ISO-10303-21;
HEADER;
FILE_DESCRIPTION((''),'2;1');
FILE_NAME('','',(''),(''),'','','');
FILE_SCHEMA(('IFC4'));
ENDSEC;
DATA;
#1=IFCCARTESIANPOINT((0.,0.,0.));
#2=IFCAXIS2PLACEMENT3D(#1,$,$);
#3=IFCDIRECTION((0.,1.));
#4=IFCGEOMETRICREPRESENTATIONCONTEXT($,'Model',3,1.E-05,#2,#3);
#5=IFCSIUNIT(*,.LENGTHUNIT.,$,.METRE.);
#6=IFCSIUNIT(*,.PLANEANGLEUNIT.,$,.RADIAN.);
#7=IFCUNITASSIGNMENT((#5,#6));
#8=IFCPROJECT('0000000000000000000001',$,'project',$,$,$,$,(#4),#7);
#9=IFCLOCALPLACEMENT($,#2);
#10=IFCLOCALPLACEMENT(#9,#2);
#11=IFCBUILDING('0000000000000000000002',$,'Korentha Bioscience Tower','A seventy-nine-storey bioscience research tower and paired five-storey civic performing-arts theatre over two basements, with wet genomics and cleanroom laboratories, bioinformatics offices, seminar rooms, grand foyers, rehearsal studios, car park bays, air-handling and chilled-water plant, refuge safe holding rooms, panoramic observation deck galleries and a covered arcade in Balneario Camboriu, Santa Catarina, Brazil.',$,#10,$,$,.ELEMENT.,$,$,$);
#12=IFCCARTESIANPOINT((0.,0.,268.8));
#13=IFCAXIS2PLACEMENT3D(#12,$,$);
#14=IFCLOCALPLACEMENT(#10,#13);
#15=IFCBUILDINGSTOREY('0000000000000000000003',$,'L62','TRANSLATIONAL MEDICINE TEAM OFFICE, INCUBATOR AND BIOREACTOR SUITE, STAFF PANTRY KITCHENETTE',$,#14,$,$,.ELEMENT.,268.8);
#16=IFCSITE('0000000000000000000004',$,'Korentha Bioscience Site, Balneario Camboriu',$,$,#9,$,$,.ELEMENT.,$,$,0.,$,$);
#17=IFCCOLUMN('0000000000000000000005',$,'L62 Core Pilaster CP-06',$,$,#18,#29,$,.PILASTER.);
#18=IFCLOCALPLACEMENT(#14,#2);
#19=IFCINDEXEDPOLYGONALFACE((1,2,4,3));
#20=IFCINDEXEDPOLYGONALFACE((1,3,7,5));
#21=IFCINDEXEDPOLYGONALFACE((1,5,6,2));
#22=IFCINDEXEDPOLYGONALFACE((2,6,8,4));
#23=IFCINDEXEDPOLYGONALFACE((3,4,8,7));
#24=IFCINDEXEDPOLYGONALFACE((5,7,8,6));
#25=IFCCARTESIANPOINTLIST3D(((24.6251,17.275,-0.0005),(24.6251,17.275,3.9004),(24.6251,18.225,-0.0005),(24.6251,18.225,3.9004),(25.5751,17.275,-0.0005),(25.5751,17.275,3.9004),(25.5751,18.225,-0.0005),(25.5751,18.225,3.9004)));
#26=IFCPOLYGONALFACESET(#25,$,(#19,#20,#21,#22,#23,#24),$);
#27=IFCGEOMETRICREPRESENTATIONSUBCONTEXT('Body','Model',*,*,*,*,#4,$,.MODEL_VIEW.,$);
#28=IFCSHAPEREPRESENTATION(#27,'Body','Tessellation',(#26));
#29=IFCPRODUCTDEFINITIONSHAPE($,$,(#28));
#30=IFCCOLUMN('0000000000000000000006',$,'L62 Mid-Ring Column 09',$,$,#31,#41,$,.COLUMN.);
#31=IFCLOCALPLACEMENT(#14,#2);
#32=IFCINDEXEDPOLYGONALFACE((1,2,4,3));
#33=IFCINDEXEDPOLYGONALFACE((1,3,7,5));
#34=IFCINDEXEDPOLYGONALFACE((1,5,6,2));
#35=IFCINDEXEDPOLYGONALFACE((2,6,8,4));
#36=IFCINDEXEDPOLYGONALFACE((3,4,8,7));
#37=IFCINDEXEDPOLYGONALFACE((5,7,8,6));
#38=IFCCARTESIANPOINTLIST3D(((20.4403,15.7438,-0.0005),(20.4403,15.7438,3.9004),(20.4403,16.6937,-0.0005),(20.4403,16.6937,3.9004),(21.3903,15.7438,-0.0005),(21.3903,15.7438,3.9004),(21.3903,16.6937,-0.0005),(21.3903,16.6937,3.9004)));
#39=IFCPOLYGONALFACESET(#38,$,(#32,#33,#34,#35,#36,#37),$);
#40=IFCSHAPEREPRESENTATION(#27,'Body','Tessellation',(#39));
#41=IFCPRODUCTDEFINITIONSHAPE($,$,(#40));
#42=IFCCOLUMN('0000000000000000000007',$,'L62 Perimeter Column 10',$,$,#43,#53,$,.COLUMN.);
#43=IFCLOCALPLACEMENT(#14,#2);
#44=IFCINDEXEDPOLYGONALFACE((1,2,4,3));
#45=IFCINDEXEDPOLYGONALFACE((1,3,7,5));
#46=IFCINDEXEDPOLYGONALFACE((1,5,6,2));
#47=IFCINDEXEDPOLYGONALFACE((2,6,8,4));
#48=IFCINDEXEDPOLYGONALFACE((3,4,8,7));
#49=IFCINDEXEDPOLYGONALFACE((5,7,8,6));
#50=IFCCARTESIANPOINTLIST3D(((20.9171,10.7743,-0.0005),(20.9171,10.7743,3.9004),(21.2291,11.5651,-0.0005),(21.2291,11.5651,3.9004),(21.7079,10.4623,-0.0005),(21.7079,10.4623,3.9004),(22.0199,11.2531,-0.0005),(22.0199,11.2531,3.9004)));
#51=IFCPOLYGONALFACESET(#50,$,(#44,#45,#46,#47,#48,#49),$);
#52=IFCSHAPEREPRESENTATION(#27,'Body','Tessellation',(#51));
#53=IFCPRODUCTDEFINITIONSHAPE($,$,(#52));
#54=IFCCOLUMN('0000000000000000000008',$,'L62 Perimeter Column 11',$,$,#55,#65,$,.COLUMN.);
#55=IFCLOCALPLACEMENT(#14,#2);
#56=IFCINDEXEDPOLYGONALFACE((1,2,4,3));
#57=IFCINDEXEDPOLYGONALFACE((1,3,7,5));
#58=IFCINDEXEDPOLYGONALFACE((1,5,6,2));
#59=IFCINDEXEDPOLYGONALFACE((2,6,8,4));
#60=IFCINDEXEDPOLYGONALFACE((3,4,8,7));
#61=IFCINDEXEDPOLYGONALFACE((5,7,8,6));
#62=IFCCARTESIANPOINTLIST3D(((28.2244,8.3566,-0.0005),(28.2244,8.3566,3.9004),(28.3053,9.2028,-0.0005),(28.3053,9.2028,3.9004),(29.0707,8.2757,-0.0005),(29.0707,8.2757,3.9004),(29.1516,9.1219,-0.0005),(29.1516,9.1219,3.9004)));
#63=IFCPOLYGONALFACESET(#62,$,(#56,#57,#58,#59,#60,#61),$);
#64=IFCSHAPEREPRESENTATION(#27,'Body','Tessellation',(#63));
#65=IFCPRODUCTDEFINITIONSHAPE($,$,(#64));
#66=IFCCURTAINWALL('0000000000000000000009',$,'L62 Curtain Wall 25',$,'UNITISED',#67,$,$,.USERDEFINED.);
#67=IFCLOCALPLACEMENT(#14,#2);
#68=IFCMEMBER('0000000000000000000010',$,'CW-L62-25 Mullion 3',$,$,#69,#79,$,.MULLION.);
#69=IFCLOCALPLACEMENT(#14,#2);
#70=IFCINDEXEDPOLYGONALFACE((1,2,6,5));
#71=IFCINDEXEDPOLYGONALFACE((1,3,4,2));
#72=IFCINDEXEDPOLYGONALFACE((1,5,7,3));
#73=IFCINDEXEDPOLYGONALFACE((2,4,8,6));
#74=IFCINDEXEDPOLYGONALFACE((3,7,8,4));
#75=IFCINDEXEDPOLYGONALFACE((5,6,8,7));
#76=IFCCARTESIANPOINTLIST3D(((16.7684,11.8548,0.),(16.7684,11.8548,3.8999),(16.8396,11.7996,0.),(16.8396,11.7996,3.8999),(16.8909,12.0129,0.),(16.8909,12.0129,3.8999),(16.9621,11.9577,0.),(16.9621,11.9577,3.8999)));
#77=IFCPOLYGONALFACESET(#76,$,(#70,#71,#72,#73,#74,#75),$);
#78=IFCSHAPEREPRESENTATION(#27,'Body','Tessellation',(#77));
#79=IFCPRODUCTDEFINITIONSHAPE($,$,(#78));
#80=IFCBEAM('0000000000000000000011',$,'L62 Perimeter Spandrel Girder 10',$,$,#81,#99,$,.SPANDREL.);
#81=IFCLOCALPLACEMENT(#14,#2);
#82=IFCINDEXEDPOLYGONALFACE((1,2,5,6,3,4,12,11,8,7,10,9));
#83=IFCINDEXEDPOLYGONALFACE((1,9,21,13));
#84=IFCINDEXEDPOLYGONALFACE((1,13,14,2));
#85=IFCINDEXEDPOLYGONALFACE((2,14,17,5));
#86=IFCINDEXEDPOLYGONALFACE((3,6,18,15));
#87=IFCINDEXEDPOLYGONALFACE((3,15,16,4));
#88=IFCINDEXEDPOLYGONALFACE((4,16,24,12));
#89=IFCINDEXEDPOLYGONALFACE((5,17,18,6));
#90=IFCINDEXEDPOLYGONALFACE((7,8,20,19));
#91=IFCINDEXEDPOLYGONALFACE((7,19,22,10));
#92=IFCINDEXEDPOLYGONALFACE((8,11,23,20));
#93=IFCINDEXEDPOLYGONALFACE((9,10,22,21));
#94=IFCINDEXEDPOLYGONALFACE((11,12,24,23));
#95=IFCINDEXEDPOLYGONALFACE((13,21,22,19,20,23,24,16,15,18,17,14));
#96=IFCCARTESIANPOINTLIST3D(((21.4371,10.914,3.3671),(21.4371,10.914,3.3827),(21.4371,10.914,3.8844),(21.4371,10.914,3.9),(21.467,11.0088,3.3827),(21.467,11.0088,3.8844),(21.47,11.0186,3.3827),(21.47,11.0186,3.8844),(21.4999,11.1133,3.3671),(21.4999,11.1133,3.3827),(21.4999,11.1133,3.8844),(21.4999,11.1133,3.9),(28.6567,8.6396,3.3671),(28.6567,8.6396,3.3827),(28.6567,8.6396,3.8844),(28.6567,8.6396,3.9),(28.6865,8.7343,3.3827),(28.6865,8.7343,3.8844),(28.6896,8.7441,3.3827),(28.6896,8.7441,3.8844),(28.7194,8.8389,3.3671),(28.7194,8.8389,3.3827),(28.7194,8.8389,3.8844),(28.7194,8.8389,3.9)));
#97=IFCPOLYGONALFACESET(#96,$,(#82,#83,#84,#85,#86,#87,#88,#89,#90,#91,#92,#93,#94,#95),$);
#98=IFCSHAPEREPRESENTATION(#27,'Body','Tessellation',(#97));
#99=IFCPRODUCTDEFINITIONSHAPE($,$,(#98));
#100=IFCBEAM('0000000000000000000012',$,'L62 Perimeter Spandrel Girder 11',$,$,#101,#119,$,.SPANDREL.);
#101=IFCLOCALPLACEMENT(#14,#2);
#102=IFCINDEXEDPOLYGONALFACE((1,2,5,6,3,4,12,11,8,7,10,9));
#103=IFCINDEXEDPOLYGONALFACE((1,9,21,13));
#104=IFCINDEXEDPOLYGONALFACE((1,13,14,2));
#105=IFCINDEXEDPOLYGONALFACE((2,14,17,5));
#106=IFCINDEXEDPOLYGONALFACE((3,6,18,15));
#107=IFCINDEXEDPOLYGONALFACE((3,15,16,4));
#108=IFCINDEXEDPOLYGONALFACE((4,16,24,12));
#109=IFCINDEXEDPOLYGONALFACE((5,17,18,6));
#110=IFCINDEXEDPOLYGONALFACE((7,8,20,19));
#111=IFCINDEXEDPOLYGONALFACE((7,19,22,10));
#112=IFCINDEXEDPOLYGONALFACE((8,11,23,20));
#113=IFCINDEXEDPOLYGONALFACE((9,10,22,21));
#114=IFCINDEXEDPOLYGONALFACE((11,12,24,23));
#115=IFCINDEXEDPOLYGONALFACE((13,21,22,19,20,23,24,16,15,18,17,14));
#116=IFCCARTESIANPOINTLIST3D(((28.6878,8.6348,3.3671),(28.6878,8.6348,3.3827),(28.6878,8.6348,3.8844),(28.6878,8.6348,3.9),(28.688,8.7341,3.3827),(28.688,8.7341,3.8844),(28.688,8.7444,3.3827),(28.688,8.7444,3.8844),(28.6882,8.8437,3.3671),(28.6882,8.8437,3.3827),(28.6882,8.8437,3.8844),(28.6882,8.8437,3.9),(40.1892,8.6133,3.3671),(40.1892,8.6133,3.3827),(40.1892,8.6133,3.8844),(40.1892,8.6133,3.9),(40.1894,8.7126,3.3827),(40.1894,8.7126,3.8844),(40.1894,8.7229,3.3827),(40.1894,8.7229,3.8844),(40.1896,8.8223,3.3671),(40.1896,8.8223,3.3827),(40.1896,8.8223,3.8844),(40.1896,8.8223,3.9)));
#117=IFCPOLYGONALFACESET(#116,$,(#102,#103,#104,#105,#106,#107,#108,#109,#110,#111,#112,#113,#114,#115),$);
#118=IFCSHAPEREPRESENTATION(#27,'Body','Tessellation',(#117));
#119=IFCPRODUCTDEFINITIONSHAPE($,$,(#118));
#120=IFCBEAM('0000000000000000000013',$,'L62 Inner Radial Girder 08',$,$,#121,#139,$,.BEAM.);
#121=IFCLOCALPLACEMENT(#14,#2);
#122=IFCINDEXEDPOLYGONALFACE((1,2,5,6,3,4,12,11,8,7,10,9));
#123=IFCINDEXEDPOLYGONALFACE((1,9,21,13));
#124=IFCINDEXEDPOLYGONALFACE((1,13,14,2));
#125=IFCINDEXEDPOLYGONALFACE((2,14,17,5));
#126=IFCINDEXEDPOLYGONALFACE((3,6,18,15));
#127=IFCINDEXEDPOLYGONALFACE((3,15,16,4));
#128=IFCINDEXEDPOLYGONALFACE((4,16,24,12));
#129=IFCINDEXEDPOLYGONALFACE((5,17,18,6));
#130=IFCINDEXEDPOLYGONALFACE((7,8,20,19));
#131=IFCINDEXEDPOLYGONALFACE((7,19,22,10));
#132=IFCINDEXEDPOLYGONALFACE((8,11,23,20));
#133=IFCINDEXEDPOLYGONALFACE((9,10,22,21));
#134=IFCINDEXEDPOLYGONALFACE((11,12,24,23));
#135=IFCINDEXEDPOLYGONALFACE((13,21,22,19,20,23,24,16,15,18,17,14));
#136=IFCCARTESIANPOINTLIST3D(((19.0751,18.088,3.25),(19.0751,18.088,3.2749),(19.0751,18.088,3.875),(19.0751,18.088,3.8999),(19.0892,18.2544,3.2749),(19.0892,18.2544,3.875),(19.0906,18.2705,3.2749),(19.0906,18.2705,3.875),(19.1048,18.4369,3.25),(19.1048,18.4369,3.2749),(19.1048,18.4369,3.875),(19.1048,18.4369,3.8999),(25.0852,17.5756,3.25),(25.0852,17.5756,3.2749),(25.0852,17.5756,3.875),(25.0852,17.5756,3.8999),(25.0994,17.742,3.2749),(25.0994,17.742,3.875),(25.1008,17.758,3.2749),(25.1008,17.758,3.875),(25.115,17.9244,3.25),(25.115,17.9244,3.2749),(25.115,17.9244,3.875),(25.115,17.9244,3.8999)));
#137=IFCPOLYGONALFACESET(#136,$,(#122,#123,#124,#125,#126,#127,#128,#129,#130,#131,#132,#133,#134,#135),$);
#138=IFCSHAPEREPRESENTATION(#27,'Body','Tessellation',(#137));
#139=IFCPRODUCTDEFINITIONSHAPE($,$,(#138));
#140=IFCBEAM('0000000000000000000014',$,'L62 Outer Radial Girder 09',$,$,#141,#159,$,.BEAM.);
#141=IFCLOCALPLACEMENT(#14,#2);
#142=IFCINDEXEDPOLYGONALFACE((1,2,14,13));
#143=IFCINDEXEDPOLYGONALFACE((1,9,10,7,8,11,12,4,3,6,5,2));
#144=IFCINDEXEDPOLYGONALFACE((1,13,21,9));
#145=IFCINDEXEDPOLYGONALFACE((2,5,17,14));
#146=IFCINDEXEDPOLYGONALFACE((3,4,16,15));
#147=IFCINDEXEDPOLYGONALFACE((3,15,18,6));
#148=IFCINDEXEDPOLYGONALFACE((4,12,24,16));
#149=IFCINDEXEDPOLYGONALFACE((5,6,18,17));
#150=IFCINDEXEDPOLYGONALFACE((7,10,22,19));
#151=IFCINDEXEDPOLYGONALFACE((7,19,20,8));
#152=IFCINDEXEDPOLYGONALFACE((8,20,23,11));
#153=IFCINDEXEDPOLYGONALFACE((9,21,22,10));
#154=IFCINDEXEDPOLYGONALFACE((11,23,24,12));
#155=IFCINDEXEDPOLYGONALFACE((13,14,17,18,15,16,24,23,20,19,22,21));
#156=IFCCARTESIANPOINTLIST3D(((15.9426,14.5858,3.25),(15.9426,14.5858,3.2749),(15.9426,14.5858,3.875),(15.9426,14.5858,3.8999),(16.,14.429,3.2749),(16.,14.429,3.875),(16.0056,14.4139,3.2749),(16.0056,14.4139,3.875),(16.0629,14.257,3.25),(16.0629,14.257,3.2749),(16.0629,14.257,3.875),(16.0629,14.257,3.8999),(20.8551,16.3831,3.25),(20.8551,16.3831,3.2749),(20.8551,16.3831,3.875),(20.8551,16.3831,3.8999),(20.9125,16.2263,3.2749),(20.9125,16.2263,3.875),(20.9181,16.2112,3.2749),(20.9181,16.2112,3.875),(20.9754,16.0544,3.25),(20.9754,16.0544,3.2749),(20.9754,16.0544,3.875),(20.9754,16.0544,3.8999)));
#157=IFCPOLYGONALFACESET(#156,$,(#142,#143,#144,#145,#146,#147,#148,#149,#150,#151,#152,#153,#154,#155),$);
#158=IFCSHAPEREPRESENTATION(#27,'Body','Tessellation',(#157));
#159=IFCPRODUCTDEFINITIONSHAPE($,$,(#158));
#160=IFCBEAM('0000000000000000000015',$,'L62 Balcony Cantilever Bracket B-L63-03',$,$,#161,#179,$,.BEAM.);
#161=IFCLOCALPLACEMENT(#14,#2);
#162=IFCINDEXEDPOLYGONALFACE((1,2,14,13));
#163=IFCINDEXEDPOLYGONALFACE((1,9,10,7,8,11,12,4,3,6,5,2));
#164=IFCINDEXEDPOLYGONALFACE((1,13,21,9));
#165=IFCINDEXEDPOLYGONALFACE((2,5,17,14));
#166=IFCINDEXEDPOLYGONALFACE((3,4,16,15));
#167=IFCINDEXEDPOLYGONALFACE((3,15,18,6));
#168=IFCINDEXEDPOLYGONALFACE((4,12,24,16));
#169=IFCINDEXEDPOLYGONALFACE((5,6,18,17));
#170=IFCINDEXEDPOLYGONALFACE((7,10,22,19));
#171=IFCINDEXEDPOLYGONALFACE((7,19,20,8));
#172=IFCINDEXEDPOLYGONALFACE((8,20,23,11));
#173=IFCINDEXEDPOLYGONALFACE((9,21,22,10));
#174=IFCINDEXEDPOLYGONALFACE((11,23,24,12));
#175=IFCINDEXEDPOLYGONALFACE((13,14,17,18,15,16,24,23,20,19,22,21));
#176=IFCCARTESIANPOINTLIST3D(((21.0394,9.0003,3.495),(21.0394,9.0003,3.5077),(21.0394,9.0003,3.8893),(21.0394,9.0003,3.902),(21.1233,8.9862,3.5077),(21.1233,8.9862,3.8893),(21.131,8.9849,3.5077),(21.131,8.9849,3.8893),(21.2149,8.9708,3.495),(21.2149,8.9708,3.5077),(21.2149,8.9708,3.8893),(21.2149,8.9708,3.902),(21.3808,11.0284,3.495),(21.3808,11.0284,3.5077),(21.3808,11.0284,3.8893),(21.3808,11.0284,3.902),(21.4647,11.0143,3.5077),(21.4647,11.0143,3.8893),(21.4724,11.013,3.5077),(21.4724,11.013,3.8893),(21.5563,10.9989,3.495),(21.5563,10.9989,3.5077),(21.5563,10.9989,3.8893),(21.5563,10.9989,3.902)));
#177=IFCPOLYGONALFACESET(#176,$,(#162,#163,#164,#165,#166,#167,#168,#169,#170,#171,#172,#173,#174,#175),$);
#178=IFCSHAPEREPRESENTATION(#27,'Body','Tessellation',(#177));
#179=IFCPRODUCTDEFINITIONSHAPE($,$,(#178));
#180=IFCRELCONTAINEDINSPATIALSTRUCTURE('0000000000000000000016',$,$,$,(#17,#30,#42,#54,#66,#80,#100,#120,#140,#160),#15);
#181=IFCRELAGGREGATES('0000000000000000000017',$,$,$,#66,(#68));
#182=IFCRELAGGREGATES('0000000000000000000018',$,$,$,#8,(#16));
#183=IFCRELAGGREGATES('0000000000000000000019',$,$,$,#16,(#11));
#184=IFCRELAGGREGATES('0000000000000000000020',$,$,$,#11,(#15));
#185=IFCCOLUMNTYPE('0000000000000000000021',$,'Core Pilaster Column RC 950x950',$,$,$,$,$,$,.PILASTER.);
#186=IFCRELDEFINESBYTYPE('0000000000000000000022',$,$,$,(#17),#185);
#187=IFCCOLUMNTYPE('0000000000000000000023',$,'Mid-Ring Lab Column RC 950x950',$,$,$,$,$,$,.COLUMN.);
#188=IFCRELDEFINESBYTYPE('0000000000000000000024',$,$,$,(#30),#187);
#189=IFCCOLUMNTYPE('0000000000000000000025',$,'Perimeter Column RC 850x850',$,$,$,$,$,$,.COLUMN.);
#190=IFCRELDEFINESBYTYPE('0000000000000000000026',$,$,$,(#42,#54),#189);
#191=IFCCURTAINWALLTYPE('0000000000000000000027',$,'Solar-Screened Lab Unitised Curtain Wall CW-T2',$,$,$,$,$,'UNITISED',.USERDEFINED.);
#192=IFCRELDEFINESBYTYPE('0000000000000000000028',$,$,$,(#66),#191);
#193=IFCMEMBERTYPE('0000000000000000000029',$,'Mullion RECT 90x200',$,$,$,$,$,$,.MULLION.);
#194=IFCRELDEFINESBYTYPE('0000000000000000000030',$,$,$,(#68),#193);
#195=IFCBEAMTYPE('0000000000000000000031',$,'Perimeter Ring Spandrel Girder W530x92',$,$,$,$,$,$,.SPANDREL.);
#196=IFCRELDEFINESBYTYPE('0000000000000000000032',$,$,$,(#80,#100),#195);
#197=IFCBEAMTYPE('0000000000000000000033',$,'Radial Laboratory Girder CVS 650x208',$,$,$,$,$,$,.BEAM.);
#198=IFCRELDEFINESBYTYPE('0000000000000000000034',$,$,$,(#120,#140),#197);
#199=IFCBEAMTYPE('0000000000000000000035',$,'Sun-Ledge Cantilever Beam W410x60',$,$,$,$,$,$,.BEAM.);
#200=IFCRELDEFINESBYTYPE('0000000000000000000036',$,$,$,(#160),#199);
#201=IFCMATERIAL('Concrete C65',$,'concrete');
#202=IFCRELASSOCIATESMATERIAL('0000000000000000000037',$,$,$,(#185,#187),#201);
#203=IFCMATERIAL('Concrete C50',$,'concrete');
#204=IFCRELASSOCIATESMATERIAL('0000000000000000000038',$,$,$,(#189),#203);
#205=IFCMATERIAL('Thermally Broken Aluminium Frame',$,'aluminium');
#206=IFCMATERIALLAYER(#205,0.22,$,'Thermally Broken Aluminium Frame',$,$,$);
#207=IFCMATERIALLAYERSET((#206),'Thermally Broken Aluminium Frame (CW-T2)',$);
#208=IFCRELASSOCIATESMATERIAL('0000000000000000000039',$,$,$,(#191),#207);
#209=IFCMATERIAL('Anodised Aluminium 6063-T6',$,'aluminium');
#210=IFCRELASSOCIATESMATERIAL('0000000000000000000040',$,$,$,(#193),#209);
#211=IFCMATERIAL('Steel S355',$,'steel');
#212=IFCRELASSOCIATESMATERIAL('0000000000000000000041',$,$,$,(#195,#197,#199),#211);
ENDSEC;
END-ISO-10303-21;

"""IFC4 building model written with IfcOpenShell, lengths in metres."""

from ifc_helpers import new_model, si_unit, direction, frame, origin, origin_2d, place, context, subcontext, project, spatial, rectangle, i_section, extrude, material, layer, layer_set, material_profile, profile_set, type_object, element, aggregate, save


model = new_model("IFC4")

# Units and contexts
model_context = context("Model", 3, precision=1e-05, world=origin(), true_north=direction((0.0, 1.0)))
body_context = subcontext(model_context, "Body", "Model", "MODEL_VIEW")
ifc_project = project(units=[si_unit("LENGTHUNIT", "METRE"), si_unit("PLANEANGLEUNIT", "RADIAN")], contexts=[model_context])

# Site, building, storey
site_placement = place(None, origin())
site = spatial("IfcSite", under=ifc_project, at=site_placement, Name="Korentha Bioscience Site, Balneario Camboriu", CompositionType="ELEMENT", RefElevation=0.0)
building_placement = place(site_placement, origin())
building = spatial("IfcBuilding", under=site, at=building_placement, Name="Korentha Bioscience Tower", Description="A seventy-nine-storey bioscience research tower and paired five-storey civic performing-arts theatre over two basements, with wet genomics and cleanroom laboratories, bioinformatics offices, seminar rooms, grand foyers, rehearsal studios, car park bays, air-handling and chilled-water plant, refuge safe holding rooms, panoramic observation deck galleries and a covered arcade in Balneario Camboriu, Santa Catarina, Brazil.", CompositionType="ELEMENT")
storey_placement = place(building_placement, frame((0.0, 0.0, 268.8)))
storey = spatial("IfcBuildingStorey", under=building, at=storey_placement, Name="L62", Description="TRANSLATIONAL MEDICINE TEAM OFFICE, INCUBATOR AND BIOREACTOR SUITE, STAFF PANTRY KITCHENETTE", CompositionType="ELEMENT", Elevation=268.8)

# Columns
ifc_material_1 = material(Name="Concrete C65", Category="concrete")
ifc_material_profile_1 = material_profile(ifc_material_1, rectangle(XDim=0.95, YDim=0.95, at=origin_2d()), Name="Concrete C65")
ifc_profile_set_1 = profile_set([ifc_material_profile_1], Name="Concrete C65 (COL-CP09)")
column_type_1 = type_object("IfcColumnType", Name="Core Pilaster Column RC 950x950", PredefinedType="PILASTER", material=ifc_profile_set_1)
column_1_placement = place(storey_placement, frame((25.1001, 17.75, -0.0005), z_axis=(0.0, 0.0, 1.0), x_axis=(1.0, 0.0, 0.0)))
element("IfcColumn", 1, at=column_1_placement, inside=storey, type_object=column_type_1, Name="L62 Core Pilaster CP-06", PredefinedType="PILASTER", context=body_context, shape_type="SweptSolid", body=[
    extrude(rectangle(XDim=0.95, YDim=0.95, at=origin_2d()), origin(), (0.0, 0.0, 1.0), 3.9009),
])
ifc_material_profile_2 = material_profile(ifc_material_1, rectangle(XDim=0.95, YDim=0.95, at=origin_2d()), Name="Concrete C65")
ifc_profile_set_2 = profile_set([ifc_material_profile_2], Name="Concrete C65 (COL-MR09)")
column_type_2 = type_object("IfcColumnType", Name="Mid-Ring Lab Column RC 950x950", PredefinedType="COLUMN", material=ifc_profile_set_2)
column_2_placement = place(storey_placement, frame((20.9153, 16.2188, -0.0005), z_axis=(0.0, 0.0, 1.0), x_axis=(1.0, 0.0, 0.0)))
element("IfcColumn", 2, at=column_2_placement, inside=storey, type_object=column_type_2, Name="L62 Mid-Ring Column 09", PredefinedType="COLUMN", context=body_context, shape_type="SweptSolid", body=[
    extrude(rectangle(XDim=0.95, YDim=0.95, at=origin_2d()), origin(), (0.0, 0.0, 1.0), 3.9009),
])
ifc_material_2 = material(Name="Concrete C50", Category="concrete")
ifc_material_profile_3 = material_profile(ifc_material_2, rectangle(XDim=0.8501, YDim=0.8501, at=origin_2d()), Name="Concrete C50")
ifc_profile_set_3 = profile_set([ifc_material_profile_3], Name="Concrete C50 (COL-P08)")
column_type_3 = type_object("IfcColumnType", Name="Perimeter Column RC 850x850", PredefinedType="COLUMN", material=ifc_profile_set_3)
for number, where, z_axis, x_axis, name in (
    (3, (21.4685, 11.0137, -0.0005), (0.0, 0.0, 1.0), (-0.930226, 0.366988, 0.0), "L62 Perimeter Column 10"),
    (4, (28.688, 8.7393, -0.0005), (0.0, 0.0, 1.0), (-0.995463, 0.095151, 0.0), "L62 Perimeter Column 11"),
):
    element("IfcColumn", number, at=place(storey_placement, frame(where, z_axis=z_axis, x_axis=x_axis)), inside=storey, type_object=column_type_3, Name=name, PredefinedType="COLUMN", context=body_context, shape_type="SweptSolid", body=[
        extrude(rectangle(XDim=0.8501, YDim=0.8501, at=origin_2d()), origin(), (0.0, 0.0, 1.0), 3.9009),
    ])

# Curtain wall, member
ifc_material_3 = material(Name="Thermally Broken Aluminium Frame", Category="aluminium")
ifc_layer_1 = layer(ifc_material_3, 0.22, Name="Thermally Broken Aluminium Frame")
ifc_layer_set_1 = layer_set([ifc_layer_1], Name="Thermally Broken Aluminium Frame (CW-T2)")
curtain_wall_type = type_object("IfcCurtainWallType", Name="Solar-Screened Lab Unitised Curtain Wall CW-T2", ElementType="UNITISED", PredefinedType="USERDEFINED", material=ifc_layer_set_1)
curtain_wall_placement = place(storey_placement, origin())
curtain_wall = element("IfcCurtainWall", 5, at=curtain_wall_placement, inside=storey, type_object=curtain_wall_type, Name="L62 Curtain Wall 25", ObjectType="UNITISED", PredefinedType="USERDEFINED")
ifc_material_4 = material(Name="Anodised Aluminium 6063-T6", Category="aluminium")
ifc_material_profile_4 = material_profile(ifc_material_4, rectangle(XDim=0.0901, YDim=0.2, at=origin_2d()), Name="Anodised Aluminium 6063-T6")
ifc_profile_set_4 = profile_set([ifc_material_profile_4], Name="Anodised Aluminium 6063-T6 (CW-MUL)")
member_type = type_object("IfcMemberType", Name="Mullion RECT 90x200", PredefinedType="MULLION", material=ifc_profile_set_4)
member_placement = place(storey_placement, frame((16.8652, 11.9062, 0.0), z_axis=(0.0, 0.0, 1.0), x_axis=(0.790488, -0.612478, 0.0)))
member = element("IfcMember", 6, at=member_placement, type_object=member_type, Name="CW-L62-25 Mullion 3", PredefinedType="MULLION", context=body_context, shape_type="SweptSolid", body=[
    extrude(rectangle(XDim=0.0901, YDim=0.2, at=origin_2d()), origin(), (0.0, 0.0, 1.0), 3.8999),
])

# Beams
ifc_material_5 = material(Name="Steel S355", Category="steel")
ifc_material_profile_5 = material_profile(ifc_material_5, i_section(OverallWidth=0.209, OverallDepth=0.533, WebThickness=0.0103, FlangeThickness=0.0156, at=origin_2d()), Name="Steel S355")
ifc_profile_set_5 = profile_set([ifc_material_profile_5], Name="Steel S355 (SB-530)")
beam_type_1 = type_object("IfcBeamType", Name="Perimeter Ring Spandrel Girder W530x92", PredefinedType="SPANDREL", material=ifc_profile_set_5)
beam_1_placement = place(storey_placement, frame((21.4685, 11.0137, 3.6335), z_axis=(0.953788, -0.30048, 0.0), x_axis=(0.30048, 0.953788, 0.0)))
element("IfcBeam", 7, at=beam_1_placement, inside=storey, type_object=beam_type_1, Name="L62 Perimeter Spandrel Girder 10", PredefinedType="SPANDREL", context=body_context, shape_type="SweptSolid", body=[
    extrude(i_section(OverallWidth=0.209, OverallDepth=0.533, WebThickness=0.0103, FlangeThickness=0.0156, at=origin_2d()), origin(), (0.0, 0.0, 1.0), 7.5693),
])
beam_2_placement = place(storey_placement, frame((28.688, 8.7393, 3.6335), z_axis=(0.999998, -0.001868, 0.0), x_axis=(0.001868, 0.999998, 0.0)))
element("IfcBeam", 8, at=beam_2_placement, inside=storey, type_object=beam_type_1, Name="L62 Perimeter Spandrel Girder 11", PredefinedType="SPANDREL", context=body_context, shape_type="SweptSolid", body=[
    extrude(i_section(OverallWidth=0.209, OverallDepth=0.533, WebThickness=0.0103, FlangeThickness=0.0156, at=origin_2d()), origin(), (0.0, 0.0, 1.0), 11.5015),
])
ifc_material_profile_6 = material_profile(ifc_material_5, i_section(OverallWidth=0.3501, OverallDepth=0.6499, WebThickness=0.0161, FlangeThickness=0.0249, at=origin_2d()), Name="Steel S355")
ifc_profile_set_6 = profile_set([ifc_material_profile_6], Name="Steel S355 (RB-650)")
beam_type_2 = type_object("IfcBeamType", Name="Radial Laboratory Girder CVS 650x208", PredefinedType="BEAM", material=ifc_profile_set_6)
beam_3_placement = place(storey_placement, frame((25.1001, 17.75, 3.575), z_axis=(-0.996385, 0.084955, 0.0), x_axis=(-0.084955, -0.996385, 0.0)))
element("IfcBeam", 9, at=beam_3_placement, inside=storey, type_object=beam_type_2, Name="L62 Inner Radial Girder 08", PredefinedType="BEAM", context=body_context, shape_type="SweptSolid", body=[
    extrude(i_section(OverallWidth=0.3501, OverallDepth=0.6499, WebThickness=0.0161, FlangeThickness=0.0249, at=origin_2d()), origin(), (0.0, 0.0, 1.0), 6.032),
])
beam_4_placement = place(storey_placement, frame((20.9153, 16.2188, 3.575), z_axis=(-0.939118, -0.343594, 0.0), x_axis=(0.343594, -0.939118, 0.0)))
element("IfcBeam", 10, at=beam_4_placement, inside=storey, type_object=beam_type_2, Name="L62 Outer Radial Girder 09", PredefinedType="BEAM", context=body_context, shape_type="SweptSolid", body=[
    extrude(i_section(OverallWidth=0.3501, OverallDepth=0.6499, WebThickness=0.0161, FlangeThickness=0.0249, at=origin_2d()), origin(), (0.0, 0.0, 1.0), 5.231),
])
ifc_material_profile_7 = material_profile(ifc_material_5, i_section(OverallWidth=0.178, OverallDepth=0.407, WebThickness=0.0078, FlangeThickness=0.0127, at=origin_2d()), Name="Steel S355")
ifc_profile_set_7 = profile_set([ifc_material_profile_7], Name="Steel S355 (CB-410)")
beam_type_3 = type_object("IfcBeamType", Name="Sun-Ledge Cantilever Beam W410x60", PredefinedType="BEAM", material=ifc_profile_set_7)
beam_5_placement = place(storey_placement, frame((21.4685, 11.0137, 3.6985), z_axis=(-0.165958, -0.986133, 0.0), x_axis=(0.986133, -0.165958, 0.0)))
element("IfcBeam", 11, at=beam_5_placement, inside=storey, type_object=beam_type_3, Name="L62 Balcony Cantilever Bracket B-L63-03", PredefinedType="BEAM", context=body_context, shape_type="SweptSolid", body=[
    extrude(i_section(OverallWidth=0.178, OverallDepth=0.407, WebThickness=0.0078, FlangeThickness=0.0127, at=origin_2d()), origin(), (0.0, 0.0, 1.0), 2.0566),
])

aggregate(curtain_wall, [member])

save(model, "model.ifc")
